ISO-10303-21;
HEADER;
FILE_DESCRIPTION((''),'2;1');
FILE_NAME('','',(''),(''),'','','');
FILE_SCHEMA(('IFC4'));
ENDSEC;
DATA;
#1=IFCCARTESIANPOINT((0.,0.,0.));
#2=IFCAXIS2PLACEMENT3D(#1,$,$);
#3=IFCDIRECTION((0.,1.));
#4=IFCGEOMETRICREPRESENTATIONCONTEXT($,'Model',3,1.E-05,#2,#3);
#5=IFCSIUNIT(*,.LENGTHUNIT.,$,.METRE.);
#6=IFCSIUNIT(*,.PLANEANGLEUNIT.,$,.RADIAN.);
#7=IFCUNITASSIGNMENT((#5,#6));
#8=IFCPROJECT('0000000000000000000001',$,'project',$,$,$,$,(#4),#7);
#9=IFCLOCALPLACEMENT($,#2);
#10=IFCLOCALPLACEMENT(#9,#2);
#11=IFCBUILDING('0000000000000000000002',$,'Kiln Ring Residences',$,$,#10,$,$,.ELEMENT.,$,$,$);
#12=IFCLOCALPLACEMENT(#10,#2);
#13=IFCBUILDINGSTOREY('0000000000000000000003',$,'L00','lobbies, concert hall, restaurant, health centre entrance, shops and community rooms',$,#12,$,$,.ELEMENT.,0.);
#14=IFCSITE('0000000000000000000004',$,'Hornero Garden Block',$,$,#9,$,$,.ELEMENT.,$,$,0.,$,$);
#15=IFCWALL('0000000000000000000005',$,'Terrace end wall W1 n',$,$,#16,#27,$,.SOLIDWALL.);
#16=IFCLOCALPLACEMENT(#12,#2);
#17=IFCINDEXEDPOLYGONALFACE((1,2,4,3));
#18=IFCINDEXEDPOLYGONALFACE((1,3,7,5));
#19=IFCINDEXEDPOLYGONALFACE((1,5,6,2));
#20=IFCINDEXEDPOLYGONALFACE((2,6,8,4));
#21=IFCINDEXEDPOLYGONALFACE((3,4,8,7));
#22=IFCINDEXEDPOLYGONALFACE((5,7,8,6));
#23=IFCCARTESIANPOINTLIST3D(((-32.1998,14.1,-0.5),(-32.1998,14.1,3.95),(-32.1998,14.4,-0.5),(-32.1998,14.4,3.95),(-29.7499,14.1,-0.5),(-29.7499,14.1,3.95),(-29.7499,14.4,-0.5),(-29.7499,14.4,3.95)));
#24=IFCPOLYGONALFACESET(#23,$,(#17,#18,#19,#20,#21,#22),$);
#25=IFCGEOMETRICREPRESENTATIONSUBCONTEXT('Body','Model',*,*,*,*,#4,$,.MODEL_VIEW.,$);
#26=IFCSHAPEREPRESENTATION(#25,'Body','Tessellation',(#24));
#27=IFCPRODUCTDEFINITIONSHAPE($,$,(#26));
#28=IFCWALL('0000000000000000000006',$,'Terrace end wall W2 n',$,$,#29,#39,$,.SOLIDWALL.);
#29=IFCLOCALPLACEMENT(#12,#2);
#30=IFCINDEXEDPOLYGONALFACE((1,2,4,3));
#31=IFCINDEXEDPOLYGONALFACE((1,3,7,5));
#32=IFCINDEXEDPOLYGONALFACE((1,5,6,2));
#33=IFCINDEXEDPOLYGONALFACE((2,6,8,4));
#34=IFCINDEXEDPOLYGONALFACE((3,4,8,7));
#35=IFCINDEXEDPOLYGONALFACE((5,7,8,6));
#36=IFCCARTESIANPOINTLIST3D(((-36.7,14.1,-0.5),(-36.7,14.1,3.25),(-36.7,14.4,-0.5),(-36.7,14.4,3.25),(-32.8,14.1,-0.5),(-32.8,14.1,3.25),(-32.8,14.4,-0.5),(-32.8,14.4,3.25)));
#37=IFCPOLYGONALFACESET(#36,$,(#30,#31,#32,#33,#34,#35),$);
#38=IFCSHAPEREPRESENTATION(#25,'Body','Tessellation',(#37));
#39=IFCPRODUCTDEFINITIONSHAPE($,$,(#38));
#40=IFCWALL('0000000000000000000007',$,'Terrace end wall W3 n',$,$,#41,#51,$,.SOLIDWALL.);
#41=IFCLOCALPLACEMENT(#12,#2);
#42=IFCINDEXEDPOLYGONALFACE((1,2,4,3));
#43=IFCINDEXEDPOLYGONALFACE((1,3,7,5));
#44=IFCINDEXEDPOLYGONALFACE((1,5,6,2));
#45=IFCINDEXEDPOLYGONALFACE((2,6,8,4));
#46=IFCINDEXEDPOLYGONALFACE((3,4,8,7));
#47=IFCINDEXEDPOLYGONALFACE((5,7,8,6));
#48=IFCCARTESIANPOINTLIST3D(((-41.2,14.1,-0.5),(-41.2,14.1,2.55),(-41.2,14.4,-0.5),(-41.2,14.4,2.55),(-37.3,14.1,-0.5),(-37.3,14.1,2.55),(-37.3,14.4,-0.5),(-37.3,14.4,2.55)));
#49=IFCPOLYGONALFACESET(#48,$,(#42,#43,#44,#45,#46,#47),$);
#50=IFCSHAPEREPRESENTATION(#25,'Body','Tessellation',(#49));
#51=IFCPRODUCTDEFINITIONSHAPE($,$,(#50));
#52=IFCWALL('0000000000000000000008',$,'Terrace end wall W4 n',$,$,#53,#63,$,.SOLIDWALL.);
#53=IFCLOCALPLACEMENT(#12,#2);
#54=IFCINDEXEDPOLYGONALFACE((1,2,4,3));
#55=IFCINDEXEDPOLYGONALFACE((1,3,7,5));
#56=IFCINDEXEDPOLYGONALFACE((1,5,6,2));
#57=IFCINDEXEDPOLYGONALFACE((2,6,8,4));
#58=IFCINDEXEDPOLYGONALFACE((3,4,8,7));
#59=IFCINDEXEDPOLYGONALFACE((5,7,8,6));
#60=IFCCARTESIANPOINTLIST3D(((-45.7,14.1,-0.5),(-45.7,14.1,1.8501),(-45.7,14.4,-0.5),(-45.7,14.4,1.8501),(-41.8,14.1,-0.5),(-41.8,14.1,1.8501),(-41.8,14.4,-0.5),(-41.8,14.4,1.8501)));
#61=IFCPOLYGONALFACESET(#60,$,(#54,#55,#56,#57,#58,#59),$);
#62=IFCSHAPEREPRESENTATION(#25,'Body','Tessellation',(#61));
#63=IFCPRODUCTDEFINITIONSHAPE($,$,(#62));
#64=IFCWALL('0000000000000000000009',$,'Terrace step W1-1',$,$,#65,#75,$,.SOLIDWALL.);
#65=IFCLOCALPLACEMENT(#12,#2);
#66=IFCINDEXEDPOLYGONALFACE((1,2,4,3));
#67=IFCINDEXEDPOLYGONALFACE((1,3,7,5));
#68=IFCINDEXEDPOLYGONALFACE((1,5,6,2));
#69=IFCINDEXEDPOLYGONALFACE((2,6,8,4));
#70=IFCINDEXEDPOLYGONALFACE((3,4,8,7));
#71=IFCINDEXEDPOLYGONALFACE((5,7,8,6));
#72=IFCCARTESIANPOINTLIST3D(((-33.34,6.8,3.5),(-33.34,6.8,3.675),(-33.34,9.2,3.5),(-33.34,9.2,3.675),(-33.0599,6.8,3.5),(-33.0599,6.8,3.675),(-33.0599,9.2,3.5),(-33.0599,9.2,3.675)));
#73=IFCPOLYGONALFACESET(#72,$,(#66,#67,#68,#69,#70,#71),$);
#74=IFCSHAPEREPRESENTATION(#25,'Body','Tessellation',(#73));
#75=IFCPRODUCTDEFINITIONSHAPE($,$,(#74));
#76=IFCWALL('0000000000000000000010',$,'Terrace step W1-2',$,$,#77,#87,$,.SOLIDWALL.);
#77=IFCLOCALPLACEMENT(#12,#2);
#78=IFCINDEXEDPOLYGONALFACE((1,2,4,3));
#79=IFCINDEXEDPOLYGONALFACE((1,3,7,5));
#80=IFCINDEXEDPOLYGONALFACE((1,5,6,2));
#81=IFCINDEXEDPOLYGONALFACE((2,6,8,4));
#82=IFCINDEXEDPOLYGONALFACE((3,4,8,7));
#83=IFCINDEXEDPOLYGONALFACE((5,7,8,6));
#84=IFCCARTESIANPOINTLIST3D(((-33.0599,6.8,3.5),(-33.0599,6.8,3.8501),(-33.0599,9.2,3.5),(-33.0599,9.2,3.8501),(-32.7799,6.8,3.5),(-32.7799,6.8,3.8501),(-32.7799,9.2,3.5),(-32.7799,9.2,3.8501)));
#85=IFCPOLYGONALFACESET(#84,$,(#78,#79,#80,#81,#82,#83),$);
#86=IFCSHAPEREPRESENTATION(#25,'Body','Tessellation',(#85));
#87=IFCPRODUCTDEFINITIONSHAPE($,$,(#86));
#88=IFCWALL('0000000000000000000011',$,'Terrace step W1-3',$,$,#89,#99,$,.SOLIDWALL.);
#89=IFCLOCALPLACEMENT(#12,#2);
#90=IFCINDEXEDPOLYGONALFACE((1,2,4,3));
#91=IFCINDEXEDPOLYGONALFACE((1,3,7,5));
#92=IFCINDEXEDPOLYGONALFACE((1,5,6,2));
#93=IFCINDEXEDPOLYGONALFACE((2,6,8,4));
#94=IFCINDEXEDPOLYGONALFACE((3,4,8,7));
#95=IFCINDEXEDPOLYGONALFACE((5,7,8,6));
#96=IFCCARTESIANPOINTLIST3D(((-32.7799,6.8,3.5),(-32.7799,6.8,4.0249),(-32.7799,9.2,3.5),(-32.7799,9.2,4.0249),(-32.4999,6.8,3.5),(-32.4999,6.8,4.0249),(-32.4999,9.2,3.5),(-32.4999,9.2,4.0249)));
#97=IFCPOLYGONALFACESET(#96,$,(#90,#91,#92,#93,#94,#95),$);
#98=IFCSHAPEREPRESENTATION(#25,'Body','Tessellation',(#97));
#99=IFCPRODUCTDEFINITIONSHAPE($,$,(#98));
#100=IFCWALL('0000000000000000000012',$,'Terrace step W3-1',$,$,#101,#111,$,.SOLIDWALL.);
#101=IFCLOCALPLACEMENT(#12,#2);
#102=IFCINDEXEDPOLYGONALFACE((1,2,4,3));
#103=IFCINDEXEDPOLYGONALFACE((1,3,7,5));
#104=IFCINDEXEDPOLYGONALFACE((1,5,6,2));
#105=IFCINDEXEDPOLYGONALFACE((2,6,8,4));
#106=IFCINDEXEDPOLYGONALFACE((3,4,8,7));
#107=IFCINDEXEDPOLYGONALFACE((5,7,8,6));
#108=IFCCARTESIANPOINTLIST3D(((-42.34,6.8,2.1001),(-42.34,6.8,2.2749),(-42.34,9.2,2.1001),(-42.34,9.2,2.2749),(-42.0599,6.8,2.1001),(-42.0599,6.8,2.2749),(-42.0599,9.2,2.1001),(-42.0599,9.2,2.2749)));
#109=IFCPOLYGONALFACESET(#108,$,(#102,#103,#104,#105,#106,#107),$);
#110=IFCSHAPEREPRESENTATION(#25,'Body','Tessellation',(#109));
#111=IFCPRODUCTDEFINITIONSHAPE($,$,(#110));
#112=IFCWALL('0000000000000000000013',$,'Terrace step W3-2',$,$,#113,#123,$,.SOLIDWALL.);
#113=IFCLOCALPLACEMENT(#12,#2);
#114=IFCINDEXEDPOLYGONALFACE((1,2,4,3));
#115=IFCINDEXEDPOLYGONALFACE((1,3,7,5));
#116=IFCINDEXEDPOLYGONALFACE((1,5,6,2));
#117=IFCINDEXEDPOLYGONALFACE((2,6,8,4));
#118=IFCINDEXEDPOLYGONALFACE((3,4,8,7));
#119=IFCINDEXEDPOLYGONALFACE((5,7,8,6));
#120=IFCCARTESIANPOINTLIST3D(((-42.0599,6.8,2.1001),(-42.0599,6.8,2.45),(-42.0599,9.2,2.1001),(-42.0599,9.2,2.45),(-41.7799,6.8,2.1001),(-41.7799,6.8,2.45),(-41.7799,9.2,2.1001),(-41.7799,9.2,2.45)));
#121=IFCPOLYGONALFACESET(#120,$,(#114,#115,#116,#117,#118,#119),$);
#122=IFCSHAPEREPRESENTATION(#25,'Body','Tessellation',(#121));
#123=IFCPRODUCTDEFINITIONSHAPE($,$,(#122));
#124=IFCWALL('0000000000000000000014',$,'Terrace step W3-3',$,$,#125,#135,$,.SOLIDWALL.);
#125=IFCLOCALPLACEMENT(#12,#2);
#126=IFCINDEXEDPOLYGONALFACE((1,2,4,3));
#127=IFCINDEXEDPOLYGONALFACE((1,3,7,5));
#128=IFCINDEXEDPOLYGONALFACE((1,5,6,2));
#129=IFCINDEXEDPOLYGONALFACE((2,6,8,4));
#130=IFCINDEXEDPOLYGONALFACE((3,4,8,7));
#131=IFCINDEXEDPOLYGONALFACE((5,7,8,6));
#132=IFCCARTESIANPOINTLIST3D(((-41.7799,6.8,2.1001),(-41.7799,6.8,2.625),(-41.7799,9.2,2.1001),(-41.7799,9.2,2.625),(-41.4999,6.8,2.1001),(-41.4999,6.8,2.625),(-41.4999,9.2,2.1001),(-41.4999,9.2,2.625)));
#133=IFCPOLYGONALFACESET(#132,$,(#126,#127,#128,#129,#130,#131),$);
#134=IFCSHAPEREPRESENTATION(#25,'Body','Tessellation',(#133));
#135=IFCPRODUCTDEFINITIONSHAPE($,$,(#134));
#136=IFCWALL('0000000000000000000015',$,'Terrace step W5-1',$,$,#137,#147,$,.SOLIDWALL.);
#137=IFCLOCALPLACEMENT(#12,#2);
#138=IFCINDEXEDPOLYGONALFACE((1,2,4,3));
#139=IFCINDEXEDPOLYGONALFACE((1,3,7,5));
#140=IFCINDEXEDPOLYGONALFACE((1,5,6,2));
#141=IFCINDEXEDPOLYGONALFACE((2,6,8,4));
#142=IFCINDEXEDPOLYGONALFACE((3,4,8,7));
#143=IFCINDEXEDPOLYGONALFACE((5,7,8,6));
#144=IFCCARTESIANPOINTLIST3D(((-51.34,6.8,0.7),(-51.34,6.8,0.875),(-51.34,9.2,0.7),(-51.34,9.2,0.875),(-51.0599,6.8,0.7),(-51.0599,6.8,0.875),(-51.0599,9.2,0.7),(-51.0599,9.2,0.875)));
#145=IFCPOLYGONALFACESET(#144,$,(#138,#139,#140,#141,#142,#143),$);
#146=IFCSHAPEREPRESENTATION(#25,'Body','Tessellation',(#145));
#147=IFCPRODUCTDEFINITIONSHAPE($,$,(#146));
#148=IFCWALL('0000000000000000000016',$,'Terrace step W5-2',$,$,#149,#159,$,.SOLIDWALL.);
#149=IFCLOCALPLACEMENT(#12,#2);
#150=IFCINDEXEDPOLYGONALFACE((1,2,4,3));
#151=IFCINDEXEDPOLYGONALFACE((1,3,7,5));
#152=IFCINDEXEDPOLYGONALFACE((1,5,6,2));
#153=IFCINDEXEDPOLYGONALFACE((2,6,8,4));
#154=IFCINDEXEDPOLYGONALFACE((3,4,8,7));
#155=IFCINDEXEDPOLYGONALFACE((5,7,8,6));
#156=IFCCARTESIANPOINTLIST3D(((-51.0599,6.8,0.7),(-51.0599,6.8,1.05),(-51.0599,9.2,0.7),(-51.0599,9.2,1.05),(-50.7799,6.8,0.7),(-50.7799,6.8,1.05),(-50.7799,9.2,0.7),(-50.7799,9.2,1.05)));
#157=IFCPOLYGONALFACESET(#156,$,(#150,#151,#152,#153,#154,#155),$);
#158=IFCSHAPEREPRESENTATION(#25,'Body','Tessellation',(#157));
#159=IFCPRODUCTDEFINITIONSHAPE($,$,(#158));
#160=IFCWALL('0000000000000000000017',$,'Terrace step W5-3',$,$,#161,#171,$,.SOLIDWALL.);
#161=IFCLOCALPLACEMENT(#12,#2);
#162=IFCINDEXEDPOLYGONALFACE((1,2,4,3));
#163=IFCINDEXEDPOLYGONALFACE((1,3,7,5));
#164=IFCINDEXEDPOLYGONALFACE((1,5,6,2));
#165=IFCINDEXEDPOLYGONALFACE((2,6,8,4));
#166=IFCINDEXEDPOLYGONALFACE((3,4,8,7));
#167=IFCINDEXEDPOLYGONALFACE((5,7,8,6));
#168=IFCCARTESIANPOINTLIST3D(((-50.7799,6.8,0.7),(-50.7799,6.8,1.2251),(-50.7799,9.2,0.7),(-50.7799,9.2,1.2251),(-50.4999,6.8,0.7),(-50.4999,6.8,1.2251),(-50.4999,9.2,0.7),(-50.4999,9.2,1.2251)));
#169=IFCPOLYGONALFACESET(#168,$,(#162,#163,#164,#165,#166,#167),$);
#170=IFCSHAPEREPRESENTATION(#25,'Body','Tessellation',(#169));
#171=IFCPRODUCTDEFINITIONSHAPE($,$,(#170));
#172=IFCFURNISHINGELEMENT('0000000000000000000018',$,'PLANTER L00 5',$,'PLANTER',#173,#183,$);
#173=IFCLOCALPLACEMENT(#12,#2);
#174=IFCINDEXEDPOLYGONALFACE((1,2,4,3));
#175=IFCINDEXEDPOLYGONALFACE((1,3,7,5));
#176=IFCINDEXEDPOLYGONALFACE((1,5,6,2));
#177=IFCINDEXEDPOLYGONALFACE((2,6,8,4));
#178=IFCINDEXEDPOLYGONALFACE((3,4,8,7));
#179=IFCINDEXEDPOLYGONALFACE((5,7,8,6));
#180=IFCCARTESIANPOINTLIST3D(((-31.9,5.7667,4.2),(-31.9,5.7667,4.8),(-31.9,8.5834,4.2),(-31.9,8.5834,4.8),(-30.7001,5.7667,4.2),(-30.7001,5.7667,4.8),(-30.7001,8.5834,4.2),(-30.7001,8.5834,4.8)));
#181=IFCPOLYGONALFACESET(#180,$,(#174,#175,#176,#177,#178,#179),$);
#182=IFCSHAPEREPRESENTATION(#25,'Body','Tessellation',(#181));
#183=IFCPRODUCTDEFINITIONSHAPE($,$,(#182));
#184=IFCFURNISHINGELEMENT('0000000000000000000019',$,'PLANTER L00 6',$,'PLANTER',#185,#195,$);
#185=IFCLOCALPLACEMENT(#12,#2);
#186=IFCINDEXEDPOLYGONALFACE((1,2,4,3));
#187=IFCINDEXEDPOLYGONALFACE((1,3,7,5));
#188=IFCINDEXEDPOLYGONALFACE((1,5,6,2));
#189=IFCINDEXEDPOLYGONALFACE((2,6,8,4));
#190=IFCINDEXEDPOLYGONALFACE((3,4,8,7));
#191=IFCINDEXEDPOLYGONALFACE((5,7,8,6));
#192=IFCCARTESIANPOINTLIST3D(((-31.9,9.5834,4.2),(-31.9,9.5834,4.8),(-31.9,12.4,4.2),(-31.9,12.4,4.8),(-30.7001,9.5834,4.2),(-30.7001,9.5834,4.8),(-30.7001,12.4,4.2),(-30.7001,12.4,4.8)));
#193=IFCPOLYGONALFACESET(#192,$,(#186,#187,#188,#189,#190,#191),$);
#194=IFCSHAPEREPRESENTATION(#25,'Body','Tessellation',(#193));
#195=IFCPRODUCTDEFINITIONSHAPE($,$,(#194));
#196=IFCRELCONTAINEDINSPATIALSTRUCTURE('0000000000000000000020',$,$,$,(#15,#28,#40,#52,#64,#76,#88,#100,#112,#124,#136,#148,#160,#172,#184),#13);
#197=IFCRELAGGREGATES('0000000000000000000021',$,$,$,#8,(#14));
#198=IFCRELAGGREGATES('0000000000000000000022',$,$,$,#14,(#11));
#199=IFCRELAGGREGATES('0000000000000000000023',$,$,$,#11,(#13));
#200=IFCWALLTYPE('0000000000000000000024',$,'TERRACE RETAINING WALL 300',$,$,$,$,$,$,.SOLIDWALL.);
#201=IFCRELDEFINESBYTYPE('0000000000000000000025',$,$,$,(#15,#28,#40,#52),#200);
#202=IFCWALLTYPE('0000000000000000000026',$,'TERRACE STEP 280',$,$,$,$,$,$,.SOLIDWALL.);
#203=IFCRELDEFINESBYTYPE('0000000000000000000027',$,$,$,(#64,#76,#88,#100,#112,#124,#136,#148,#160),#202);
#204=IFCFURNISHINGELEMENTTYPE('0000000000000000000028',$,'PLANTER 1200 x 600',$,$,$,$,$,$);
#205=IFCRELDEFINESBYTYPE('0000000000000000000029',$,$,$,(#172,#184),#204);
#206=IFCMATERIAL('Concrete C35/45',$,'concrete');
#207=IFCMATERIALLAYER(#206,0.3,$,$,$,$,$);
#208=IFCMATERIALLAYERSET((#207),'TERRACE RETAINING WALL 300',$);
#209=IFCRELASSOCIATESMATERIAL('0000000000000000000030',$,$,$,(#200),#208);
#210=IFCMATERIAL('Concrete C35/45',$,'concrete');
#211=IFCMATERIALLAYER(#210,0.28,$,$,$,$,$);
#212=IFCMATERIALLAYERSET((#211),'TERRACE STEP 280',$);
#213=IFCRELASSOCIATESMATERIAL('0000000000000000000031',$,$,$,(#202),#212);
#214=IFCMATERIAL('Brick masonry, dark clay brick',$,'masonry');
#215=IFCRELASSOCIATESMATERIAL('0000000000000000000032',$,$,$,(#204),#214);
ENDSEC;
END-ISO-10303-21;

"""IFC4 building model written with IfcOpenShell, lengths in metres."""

from ifc_helpers import new_model, si_unit, direction, frame, frame_2d, origin, origin_2d, place, context, subcontext, project, spatial, rectangle, extrude, material, layer, layer_set, type_object, element, save


model = new_model("IFC4")

# Units and contexts
model_context = context("Model", 3, precision=1e-05, world=origin(), true_north=direction((0.0, 1.0)))
body_context = subcontext(model_context, "Body", "Model", "MODEL_VIEW")
ifc_project = project(units=[si_unit("LENGTHUNIT", "METRE"), si_unit("PLANEANGLEUNIT", "RADIAN")], contexts=[model_context])

# Site, building, storey
site_placement = place(None, origin())
site = spatial("IfcSite", under=ifc_project, at=site_placement, Name="Hornero Garden Block", CompositionType="ELEMENT", RefElevation=0.0)
building_placement = place(site_placement, origin())
building = spatial("IfcBuilding", under=site, at=building_placement, Name="Kiln Ring Residences", CompositionType="ELEMENT")
storey_placement = place(building_placement, origin())
storey = spatial("IfcBuildingStorey", under=building, at=storey_placement, Name="L00", Description="lobbies, concert hall, restaurant, health centre entrance, shops and community rooms", CompositionType="ELEMENT", Elevation=0.0)

# Walls
ifc_material_1 = material(Name="Concrete C35/45", Category="concrete")
ifc_layer_1 = layer(ifc_material_1, 0.3)
ifc_layer_set_1 = layer_set([ifc_layer_1], Name="TERRACE RETAINING WALL 300")
wall_type_1 = type_object("IfcWallType", Name="TERRACE RETAINING WALL 300", PredefinedType="SOLIDWALL", material=ifc_layer_set_1)
wall_1_placement = place(storey_placement, frame((-32.2, 14.25, -0.5), z_axis=(0.0, 0.0, 1.0), x_axis=(1.0, 0.0, 0.0)))
element("IfcWall", 1, at=wall_1_placement, inside=storey, type_object=wall_type_1, Name="Terrace end wall W1 n", PredefinedType="SOLIDWALL", context=body_context, shape_type="SweptSolid", body=[
    extrude(rectangle(XDim=2.45, YDim=0.3, at=frame_2d((1.2251, 0.0))), origin(), (0.0, 0.0, 1.0), 4.45),
])
wall_2_placement = place(storey_placement, frame((-36.7, 14.25, -0.5), z_axis=(0.0, 0.0, 1.0), x_axis=(1.0, 0.0, 0.0)))
element("IfcWall", 2, at=wall_2_placement, inside=storey, type_object=wall_type_1, Name="Terrace end wall W2 n", PredefinedType="SOLIDWALL", context=body_context, shape_type="SweptSolid", body=[
    extrude(rectangle(XDim=3.8999, YDim=0.3, at=frame_2d((1.95, 0.0))), origin(), (0.0, 0.0, 1.0), 3.75),
])
wall_3_placement = place(storey_placement, frame((-41.2, 14.25, -0.5), z_axis=(0.0, 0.0, 1.0), x_axis=(1.0, 0.0, 0.0)))
element("IfcWall", 3, at=wall_3_placement, inside=storey, type_object=wall_type_1, Name="Terrace end wall W3 n", PredefinedType="SOLIDWALL", context=body_context, shape_type="SweptSolid", body=[
    extrude(rectangle(XDim=3.8999, YDim=0.3, at=frame_2d((1.95, 0.0))), origin(), (0.0, 0.0, 1.0), 3.05),
])
wall_4_placement = place(storey_placement, frame((-45.7, 14.25, -0.5), z_axis=(0.0, 0.0, 1.0), x_axis=(1.0, 0.0, 0.0)))
element("IfcWall", 4, at=wall_4_placement, inside=storey, type_object=wall_type_1, Name="Terrace end wall W4 n", PredefinedType="SOLIDWALL", context=body_context, shape_type="SweptSolid", body=[
    extrude(rectangle(XDim=3.8999, YDim=0.3, at=frame_2d((1.95, 0.0))), origin(), (0.0, 0.0, 1.0), 2.3501),
])
ifc_material_2 = material(Name="Concrete C35/45", Category="concrete")
ifc_layer_2 = layer(ifc_material_2, 0.28)
ifc_layer_set_2 = layer_set([ifc_layer_2], Name="TERRACE STEP 280")
wall_type_2 = type_object("IfcWallType", Name="TERRACE STEP 280", PredefinedType="SOLIDWALL", material=ifc_layer_set_2)
wall_5_placement = place(storey_placement, frame((-33.2, 6.8, 3.5), z_axis=(0.0, 0.0, 1.0), x_axis=(0.0, 1.0, 0.0)))
element("IfcWall", 5, at=wall_5_placement, inside=storey, type_object=wall_type_2, Name="Terrace step W1-1", PredefinedType="SOLIDWALL", context=body_context, shape_type="SweptSolid", body=[
    extrude(rectangle(XDim=2.3999, YDim=0.28, at=frame_2d((1.2, 0.0))), origin(), (0.0, 0.0, 1.0), 0.175),
])
wall_6_placement = place(storey_placement, frame((-32.9199, 6.8, 3.5), z_axis=(0.0, 0.0, 1.0), x_axis=(0.0, 1.0, 0.0)))
element("IfcWall", 6, at=wall_6_placement, inside=storey, type_object=wall_type_2, Name="Terrace step W1-2", PredefinedType="SOLIDWALL", context=body_context, shape_type="SweptSolid", body=[
    extrude(rectangle(XDim=2.3999, YDim=0.28, at=frame_2d((1.2, 0.0))), origin(), (0.0, 0.0, 1.0), 0.3501),
])
wall_7_placement = place(storey_placement, frame((-32.6399, 6.8, 3.5), z_axis=(0.0, 0.0, 1.0), x_axis=(0.0, 1.0, 0.0)))
element("IfcWall", 7, at=wall_7_placement, inside=storey, type_object=wall_type_2, Name="Terrace step W1-3", PredefinedType="SOLIDWALL", context=body_context, shape_type="SweptSolid", body=[
    extrude(rectangle(XDim=2.3999, YDim=0.28, at=frame_2d((1.2, 0.0))), origin(), (0.0, 0.0, 1.0), 0.5249),
])
wall_8_placement = place(storey_placement, frame((-42.2, 6.8, 2.1001), z_axis=(0.0, 0.0, 1.0), x_axis=(0.0, 1.0, 0.0)))
element("IfcWall", 8, at=wall_8_placement, inside=storey, type_object=wall_type_2, Name="Terrace step W3-1", PredefinedType="SOLIDWALL", context=body_context, shape_type="SweptSolid", body=[
    extrude(rectangle(XDim=2.3999, YDim=0.28, at=frame_2d((1.2, 0.0))), origin(), (0.0, 0.0, 1.0), 0.1748),
])
wall_9_placement = place(storey_placement, frame((-41.9199, 6.8, 2.1001), z_axis=(0.0, 0.0, 1.0), x_axis=(0.0, 1.0, 0.0)))
element("IfcWall", 9, at=wall_9_placement, inside=storey, type_object=wall_type_2, Name="Terrace step W3-2", PredefinedType="SOLIDWALL", context=body_context, shape_type="SweptSolid", body=[
    extrude(rectangle(XDim=2.3999, YDim=0.28, at=frame_2d((1.2, 0.0))), origin(), (0.0, 0.0, 1.0), 0.3499),
])
wall_10_placement = place(storey_placement, frame((-41.6399, 6.8, 2.1001), z_axis=(0.0, 0.0, 1.0), x_axis=(0.0, 1.0, 0.0)))
element("IfcWall", 10, at=wall_10_placement, inside=storey, type_object=wall_type_2, Name="Terrace step W3-3", PredefinedType="SOLIDWALL", context=body_context, shape_type="SweptSolid", body=[
    extrude(rectangle(XDim=2.3999, YDim=0.28, at=frame_2d((1.2, 0.0))), origin(), (0.0, 0.0, 1.0), 0.5249),
])
wall_11_placement = place(storey_placement, frame((-51.2, 6.8, 0.7), z_axis=(0.0, 0.0, 1.0), x_axis=(0.0, 1.0, 0.0)))
element("IfcWall", 11, at=wall_11_placement, inside=storey, type_object=wall_type_2, Name="Terrace step W5-1", PredefinedType="SOLIDWALL", context=body_context, shape_type="SweptSolid", body=[
    extrude(rectangle(XDim=2.3999, YDim=0.28, at=frame_2d((1.2, 0.0))), origin(), (0.0, 0.0, 1.0), 0.175),
])
wall_12_placement = place(storey_placement, frame((-50.9199, 6.8, 0.7), z_axis=(0.0, 0.0, 1.0), x_axis=(0.0, 1.0, 0.0)))
element("IfcWall", 12, at=wall_12_placement, inside=storey, type_object=wall_type_2, Name="Terrace step W5-2", PredefinedType="SOLIDWALL", context=body_context, shape_type="SweptSolid", body=[
    extrude(rectangle(XDim=2.3999, YDim=0.28, at=frame_2d((1.2, 0.0))), origin(), (0.0, 0.0, 1.0), 0.3501),
])
wall_13_placement = place(storey_placement, frame((-50.6399, 6.8, 0.7), z_axis=(0.0, 0.0, 1.0), x_axis=(0.0, 1.0, 0.0)))
element("IfcWall", 13, at=wall_13_placement, inside=storey, type_object=wall_type_2, Name="Terrace step W5-3", PredefinedType="SOLIDWALL", context=body_context, shape_type="SweptSolid", body=[
    extrude(rectangle(XDim=2.3999, YDim=0.28, at=frame_2d((1.2, 0.0))), origin(), (0.0, 0.0, 1.0), 0.5251),
])

# Furnishing elements
ifc_material_3 = material(Name="Brick masonry, dark clay brick", Category="masonry")
furnishing_element_type = type_object("IfcFurnishingElementType", Name="PLANTER 1200 x 600", material=ifc_material_3)
for number, where, z_axis, x_axis, name in (
    (14, (-31.3, 7.175, 4.2), (0.0, 0.0, 1.0), (1.0, 0.0, 0.0), "PLANTER L00 5"),
    (15, (-31.3, 10.9917, 4.2), (0.0, 0.0, 1.0), (1.0, 0.0, 0.0), "PLANTER L00 6"),
):
    element("IfcFurnishingElement", number, at=place(storey_placement, frame(where, z_axis=z_axis, x_axis=x_axis)), inside=storey, type_object=furnishing_element_type, Name=name, ObjectType="PLANTER", context=body_context, shape_type="SweptSolid", body=[
        extrude(rectangle(XDim=1.2, YDim=2.8167, at=origin_2d()), origin(), (0.0, 0.0, 1.0), 0.6001),
    ])

save(model, "model.ifc")
